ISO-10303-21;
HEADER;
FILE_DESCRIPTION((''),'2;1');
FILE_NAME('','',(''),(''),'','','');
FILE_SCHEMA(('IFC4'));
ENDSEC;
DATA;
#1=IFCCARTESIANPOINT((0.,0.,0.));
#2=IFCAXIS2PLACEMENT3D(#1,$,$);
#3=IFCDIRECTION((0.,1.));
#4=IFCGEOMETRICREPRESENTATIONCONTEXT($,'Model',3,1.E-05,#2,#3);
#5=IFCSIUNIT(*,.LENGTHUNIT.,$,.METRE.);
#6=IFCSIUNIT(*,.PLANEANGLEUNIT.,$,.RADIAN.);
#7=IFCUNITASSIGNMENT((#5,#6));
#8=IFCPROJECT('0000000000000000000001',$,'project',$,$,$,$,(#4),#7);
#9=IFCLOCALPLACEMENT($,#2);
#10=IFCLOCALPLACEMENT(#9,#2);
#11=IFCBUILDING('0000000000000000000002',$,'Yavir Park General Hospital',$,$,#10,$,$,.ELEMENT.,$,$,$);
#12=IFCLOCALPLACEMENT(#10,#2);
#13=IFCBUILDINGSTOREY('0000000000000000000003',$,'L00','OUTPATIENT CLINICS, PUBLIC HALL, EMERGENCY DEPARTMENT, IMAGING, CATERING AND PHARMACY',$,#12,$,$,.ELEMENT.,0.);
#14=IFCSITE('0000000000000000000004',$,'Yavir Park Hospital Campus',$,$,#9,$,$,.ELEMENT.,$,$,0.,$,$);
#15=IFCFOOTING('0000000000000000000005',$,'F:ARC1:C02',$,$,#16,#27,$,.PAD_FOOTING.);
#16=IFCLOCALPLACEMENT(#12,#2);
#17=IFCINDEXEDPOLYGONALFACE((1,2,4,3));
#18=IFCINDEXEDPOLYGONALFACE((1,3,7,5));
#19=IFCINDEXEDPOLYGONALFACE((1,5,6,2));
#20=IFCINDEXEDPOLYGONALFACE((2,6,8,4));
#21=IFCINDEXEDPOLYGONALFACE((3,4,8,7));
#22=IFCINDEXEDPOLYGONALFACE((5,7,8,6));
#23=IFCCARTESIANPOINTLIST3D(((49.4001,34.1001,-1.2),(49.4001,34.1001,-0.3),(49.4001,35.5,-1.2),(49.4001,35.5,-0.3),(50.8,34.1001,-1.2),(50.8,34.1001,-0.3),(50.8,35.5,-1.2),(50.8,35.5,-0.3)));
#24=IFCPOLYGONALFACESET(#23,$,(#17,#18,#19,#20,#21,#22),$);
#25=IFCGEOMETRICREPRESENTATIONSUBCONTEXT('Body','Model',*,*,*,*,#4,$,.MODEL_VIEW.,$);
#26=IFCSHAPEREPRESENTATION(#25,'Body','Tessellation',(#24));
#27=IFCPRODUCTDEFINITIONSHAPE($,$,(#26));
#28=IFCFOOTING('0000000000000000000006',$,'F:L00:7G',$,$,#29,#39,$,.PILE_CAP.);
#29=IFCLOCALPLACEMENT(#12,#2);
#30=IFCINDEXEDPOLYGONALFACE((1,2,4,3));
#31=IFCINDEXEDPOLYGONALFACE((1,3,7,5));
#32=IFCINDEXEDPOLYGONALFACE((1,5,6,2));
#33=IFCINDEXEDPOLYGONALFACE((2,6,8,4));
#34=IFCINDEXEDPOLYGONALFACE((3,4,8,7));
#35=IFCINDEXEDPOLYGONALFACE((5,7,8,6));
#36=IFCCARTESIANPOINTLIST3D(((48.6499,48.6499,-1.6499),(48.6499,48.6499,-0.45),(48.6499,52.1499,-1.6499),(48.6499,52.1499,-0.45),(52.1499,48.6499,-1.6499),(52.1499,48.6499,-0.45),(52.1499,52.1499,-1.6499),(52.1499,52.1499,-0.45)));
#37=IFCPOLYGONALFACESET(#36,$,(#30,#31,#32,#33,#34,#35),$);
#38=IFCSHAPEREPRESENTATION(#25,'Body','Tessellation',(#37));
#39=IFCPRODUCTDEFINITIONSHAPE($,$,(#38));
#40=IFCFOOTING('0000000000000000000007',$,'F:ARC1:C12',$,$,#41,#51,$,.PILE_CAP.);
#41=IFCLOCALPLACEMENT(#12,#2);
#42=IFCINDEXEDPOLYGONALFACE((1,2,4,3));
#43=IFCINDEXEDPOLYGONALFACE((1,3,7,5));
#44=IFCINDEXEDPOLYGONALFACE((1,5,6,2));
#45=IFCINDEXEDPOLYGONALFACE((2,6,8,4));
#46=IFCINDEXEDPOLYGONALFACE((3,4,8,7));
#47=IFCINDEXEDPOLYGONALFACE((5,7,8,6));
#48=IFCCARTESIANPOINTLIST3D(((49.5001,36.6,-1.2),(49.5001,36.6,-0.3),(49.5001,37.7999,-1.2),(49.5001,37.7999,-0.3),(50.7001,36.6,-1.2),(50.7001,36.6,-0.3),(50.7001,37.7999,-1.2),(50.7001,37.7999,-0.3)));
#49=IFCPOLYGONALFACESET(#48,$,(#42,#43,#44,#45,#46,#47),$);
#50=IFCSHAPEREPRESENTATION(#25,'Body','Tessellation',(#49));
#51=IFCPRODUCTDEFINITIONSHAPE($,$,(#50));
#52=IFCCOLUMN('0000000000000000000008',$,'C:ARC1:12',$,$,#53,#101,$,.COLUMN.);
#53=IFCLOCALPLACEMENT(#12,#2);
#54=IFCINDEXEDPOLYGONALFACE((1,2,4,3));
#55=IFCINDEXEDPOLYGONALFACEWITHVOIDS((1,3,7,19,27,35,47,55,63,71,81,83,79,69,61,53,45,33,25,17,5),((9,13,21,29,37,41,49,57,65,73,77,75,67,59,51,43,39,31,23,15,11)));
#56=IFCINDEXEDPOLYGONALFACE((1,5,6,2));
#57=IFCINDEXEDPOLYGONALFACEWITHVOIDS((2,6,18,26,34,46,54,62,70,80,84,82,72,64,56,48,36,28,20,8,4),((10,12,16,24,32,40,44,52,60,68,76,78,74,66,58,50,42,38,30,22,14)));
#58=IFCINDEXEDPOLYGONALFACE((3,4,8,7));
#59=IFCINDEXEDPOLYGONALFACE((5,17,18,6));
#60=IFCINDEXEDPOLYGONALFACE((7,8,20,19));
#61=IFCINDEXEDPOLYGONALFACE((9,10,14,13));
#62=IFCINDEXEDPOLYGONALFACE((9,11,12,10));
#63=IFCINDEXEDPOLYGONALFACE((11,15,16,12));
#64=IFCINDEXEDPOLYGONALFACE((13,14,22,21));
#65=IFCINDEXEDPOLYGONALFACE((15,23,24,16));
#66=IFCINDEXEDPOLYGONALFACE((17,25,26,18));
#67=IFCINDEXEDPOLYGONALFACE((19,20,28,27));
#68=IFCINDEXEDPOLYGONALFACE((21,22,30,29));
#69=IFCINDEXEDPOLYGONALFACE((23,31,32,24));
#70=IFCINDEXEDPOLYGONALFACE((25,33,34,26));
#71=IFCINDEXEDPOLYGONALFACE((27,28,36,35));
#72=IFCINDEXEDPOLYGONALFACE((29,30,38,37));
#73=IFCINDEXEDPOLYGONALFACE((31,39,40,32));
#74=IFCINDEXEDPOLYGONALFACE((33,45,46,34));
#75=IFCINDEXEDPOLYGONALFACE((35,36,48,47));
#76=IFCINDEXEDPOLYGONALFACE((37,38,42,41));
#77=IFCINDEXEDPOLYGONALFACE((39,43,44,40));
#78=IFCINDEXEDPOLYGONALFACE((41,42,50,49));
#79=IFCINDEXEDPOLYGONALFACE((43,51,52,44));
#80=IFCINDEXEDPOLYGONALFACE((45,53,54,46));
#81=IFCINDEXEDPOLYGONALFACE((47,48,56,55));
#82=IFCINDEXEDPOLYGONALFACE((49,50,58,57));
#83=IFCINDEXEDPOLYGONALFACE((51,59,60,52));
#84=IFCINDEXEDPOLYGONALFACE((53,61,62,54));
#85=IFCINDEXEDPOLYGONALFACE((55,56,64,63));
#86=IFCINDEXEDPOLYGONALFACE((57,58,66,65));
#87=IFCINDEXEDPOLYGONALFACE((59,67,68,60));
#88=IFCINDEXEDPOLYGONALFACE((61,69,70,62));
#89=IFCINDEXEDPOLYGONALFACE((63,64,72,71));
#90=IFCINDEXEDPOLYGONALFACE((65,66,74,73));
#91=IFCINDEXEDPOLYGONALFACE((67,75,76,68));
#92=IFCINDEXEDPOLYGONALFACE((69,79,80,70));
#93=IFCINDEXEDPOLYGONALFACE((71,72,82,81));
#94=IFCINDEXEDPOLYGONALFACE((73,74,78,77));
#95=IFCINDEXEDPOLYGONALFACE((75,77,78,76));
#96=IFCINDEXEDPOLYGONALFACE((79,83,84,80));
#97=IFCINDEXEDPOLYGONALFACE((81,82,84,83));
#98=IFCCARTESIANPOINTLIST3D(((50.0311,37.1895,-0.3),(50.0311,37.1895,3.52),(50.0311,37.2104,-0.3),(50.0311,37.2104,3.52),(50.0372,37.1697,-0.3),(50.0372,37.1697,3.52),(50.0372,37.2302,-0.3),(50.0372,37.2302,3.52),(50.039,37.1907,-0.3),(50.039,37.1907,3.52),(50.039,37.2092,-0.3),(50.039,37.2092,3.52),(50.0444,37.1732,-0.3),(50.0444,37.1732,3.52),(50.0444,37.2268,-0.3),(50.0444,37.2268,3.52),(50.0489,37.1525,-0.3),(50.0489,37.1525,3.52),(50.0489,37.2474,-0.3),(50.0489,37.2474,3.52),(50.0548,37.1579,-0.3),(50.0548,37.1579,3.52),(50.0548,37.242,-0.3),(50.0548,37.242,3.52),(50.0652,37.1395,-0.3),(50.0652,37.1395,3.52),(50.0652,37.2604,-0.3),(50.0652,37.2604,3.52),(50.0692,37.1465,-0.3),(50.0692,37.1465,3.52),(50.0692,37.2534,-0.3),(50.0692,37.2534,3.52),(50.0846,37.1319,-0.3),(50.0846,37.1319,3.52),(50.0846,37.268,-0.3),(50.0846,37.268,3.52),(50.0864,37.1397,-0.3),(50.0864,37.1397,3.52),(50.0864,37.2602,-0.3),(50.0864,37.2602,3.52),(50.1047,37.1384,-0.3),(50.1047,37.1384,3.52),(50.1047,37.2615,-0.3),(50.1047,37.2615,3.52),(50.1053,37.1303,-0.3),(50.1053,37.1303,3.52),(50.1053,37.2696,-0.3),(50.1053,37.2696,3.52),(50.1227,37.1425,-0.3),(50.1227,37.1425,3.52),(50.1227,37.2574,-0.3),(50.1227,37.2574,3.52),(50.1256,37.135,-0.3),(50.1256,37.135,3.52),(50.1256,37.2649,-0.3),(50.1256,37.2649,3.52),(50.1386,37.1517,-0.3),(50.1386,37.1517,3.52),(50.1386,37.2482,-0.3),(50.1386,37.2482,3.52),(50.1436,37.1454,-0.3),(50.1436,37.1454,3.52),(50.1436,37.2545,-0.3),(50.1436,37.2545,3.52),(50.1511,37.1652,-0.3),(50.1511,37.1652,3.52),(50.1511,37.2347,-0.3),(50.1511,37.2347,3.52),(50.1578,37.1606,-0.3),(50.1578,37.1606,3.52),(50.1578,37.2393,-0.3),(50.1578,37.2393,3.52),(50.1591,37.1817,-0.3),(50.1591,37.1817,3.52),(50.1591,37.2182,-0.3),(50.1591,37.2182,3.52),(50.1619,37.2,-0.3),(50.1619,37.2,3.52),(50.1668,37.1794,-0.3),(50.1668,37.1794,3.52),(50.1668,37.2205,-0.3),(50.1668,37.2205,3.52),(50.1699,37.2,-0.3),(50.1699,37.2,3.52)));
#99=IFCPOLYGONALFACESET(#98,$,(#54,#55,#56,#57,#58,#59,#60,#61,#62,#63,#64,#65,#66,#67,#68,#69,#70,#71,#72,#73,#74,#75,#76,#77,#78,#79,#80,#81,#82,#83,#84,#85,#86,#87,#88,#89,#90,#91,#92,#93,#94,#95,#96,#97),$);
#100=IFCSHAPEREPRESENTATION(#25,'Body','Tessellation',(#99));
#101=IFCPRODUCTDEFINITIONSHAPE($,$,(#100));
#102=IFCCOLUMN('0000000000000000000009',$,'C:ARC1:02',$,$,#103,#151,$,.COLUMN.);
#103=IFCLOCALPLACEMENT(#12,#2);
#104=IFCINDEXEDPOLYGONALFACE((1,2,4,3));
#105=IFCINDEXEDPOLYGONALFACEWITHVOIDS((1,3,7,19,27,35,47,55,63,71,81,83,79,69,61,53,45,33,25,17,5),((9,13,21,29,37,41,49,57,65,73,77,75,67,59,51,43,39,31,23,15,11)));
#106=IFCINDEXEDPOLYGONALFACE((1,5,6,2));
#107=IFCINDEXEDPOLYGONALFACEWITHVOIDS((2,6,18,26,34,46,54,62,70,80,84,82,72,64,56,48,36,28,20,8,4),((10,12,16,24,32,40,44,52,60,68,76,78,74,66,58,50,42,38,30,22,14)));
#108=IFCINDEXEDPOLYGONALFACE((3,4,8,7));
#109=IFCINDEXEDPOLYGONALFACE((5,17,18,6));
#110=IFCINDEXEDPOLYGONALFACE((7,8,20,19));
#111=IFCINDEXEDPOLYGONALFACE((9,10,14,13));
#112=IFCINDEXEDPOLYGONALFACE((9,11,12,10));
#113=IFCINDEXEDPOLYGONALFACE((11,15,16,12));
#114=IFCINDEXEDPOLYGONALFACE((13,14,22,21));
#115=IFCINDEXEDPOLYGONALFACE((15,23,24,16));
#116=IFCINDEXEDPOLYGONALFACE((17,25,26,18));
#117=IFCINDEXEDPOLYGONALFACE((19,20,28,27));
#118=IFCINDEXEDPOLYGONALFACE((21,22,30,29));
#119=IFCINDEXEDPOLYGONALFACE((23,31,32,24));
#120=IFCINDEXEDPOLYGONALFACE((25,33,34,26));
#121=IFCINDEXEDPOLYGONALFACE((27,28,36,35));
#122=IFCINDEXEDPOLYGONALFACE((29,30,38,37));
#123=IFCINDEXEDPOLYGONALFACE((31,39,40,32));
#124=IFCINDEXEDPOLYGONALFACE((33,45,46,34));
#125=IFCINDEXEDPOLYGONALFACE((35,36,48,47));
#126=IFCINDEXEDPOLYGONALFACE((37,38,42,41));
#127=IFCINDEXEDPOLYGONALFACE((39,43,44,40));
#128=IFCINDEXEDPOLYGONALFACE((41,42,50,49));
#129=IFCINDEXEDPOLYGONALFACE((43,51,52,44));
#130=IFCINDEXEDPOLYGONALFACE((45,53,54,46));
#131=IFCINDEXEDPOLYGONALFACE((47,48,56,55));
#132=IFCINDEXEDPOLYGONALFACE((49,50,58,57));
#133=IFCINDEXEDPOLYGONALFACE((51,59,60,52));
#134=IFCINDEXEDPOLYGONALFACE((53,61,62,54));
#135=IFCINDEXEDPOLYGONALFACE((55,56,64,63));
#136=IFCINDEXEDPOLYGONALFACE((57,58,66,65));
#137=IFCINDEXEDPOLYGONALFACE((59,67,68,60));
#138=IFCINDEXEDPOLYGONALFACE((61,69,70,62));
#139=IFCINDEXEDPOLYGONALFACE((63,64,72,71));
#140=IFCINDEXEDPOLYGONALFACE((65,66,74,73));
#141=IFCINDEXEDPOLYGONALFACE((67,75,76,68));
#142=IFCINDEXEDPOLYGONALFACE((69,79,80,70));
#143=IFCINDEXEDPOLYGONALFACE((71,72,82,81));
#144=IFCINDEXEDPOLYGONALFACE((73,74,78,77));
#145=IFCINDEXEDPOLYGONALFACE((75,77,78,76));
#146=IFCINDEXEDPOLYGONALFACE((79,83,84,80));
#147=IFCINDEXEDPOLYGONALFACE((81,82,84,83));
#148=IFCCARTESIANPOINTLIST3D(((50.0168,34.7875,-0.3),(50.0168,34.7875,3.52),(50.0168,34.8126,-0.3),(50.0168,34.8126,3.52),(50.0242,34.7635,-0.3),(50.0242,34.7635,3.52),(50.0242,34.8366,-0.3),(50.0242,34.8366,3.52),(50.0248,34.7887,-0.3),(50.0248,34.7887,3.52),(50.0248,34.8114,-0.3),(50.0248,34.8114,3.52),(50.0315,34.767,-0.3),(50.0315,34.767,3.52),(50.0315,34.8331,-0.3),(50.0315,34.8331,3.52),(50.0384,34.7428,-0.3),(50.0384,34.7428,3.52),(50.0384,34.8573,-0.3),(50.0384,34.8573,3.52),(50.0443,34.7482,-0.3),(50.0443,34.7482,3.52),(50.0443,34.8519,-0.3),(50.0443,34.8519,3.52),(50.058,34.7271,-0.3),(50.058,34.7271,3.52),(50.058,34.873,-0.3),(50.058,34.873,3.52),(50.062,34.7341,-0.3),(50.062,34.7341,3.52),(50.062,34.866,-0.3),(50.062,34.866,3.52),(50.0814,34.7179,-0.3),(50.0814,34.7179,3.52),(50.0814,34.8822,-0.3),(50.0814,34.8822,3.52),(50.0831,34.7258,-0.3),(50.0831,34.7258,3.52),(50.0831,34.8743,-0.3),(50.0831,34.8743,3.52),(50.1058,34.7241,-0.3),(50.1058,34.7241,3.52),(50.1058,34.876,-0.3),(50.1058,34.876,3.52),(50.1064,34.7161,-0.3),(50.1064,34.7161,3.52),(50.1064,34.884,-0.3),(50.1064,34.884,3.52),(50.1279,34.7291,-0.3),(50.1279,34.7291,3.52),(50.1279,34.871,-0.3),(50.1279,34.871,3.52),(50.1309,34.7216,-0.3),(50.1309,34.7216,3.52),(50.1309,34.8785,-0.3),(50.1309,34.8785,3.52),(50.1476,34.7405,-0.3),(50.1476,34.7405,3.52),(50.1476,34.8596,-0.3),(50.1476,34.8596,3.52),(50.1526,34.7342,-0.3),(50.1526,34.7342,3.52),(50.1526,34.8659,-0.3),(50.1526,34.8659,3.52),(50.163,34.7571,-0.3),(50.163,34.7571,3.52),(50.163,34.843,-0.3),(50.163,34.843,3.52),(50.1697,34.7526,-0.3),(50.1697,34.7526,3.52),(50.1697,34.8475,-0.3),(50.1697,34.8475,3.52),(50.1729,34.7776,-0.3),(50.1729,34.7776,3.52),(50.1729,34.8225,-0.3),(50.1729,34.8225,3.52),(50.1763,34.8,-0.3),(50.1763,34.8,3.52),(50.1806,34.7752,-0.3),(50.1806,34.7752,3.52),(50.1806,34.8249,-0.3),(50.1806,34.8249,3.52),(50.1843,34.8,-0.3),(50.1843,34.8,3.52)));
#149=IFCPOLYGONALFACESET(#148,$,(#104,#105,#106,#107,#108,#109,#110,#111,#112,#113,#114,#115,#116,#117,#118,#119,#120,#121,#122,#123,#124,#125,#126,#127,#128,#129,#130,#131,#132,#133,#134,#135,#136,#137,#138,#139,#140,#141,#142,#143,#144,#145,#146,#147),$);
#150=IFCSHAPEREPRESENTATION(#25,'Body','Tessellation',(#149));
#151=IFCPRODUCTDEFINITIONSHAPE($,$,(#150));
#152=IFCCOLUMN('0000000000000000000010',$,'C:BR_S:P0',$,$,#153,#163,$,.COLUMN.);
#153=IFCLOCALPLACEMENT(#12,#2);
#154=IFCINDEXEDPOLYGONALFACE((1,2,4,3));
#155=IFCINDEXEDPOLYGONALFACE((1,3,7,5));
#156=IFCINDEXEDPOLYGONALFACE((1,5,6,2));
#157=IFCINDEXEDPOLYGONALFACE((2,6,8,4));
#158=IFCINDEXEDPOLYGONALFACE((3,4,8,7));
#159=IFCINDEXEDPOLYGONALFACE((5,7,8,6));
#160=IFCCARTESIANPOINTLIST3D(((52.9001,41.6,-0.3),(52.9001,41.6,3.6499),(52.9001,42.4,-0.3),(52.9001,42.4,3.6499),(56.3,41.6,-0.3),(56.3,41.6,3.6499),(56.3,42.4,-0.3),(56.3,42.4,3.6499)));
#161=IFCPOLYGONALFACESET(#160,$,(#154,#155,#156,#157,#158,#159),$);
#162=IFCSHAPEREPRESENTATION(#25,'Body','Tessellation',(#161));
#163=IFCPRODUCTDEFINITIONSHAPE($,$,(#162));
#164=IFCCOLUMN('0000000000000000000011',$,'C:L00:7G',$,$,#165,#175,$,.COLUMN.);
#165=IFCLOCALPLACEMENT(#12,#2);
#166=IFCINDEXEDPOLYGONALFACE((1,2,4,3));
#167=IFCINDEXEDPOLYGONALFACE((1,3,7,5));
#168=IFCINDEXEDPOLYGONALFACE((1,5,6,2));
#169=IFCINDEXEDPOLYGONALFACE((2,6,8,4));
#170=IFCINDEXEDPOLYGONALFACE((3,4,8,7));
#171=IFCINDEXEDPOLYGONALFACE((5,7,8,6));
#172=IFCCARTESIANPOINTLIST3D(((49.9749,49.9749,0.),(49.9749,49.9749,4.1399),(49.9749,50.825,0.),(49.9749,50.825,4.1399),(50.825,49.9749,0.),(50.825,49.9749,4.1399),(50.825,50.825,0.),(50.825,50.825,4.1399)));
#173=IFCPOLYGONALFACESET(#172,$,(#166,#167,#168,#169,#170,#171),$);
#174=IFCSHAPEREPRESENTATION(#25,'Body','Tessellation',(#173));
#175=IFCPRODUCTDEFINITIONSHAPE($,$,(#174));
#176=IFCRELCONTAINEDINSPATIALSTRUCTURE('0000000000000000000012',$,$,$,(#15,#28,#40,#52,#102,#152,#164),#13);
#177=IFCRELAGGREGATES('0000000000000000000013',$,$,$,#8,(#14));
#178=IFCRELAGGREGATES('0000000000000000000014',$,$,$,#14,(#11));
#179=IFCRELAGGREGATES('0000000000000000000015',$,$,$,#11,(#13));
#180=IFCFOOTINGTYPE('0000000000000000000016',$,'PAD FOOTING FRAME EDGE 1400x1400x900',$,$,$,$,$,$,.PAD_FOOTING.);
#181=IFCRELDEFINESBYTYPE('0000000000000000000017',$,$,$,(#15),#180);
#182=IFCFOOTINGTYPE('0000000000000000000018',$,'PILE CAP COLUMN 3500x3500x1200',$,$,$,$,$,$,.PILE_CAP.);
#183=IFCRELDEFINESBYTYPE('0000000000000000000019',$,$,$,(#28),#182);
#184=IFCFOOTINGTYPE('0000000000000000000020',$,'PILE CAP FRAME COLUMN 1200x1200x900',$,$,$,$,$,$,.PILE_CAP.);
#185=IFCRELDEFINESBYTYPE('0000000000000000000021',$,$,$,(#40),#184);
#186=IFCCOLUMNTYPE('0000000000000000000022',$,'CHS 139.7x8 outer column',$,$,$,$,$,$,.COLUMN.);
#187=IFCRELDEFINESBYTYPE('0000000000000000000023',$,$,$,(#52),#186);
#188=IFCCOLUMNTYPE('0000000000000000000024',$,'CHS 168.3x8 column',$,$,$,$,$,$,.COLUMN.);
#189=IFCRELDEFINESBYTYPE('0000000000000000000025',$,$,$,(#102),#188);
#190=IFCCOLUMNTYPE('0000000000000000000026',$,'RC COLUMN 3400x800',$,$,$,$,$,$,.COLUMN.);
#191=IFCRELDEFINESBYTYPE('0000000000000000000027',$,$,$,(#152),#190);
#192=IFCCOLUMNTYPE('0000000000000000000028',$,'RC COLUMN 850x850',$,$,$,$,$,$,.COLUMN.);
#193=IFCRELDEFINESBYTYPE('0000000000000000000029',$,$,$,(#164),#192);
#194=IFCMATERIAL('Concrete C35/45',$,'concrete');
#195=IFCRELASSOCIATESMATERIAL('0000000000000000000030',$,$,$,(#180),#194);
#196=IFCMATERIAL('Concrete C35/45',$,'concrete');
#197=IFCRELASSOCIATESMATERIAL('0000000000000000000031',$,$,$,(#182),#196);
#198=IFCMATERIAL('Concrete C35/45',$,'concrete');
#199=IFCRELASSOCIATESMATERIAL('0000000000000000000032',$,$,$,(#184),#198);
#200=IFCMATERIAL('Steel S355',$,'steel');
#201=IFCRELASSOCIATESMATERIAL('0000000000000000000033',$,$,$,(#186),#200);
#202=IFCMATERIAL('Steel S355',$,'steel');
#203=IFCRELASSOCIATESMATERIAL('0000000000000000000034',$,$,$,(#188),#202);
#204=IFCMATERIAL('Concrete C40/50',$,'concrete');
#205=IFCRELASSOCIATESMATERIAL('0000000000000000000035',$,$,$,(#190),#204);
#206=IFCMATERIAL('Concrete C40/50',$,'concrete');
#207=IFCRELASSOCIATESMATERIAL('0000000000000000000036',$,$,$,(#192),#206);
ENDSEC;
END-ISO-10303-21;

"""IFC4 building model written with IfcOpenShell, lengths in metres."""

from ifc_helpers import new_model, si_unit, direction, frame, origin, origin_2d, place, context, subcontext, project, spatial, rectangle, hollow_circle, extrude, material, material_profile, profile_set, type_object, element, save


model = new_model("IFC4")

# Units and contexts
model_context = context("Model", 3, precision=1e-05, world=origin(), true_north=direction((0.0, 1.0)))
body_context = subcontext(model_context, "Body", "Model", "MODEL_VIEW")
ifc_project = project(units=[si_unit("LENGTHUNIT", "METRE"), si_unit("PLANEANGLEUNIT", "RADIAN")], contexts=[model_context])

# Site, building, storey
site_placement = place(None, origin())
site = spatial("IfcSite", under=ifc_project, at=site_placement, Name="Yavir Park Hospital Campus", CompositionType="ELEMENT", RefElevation=0.0)
building_placement = place(site_placement, origin())
building = spatial("IfcBuilding", under=site, at=building_placement, Name="Yavir Park General Hospital", CompositionType="ELEMENT")
storey_placement = place(building_placement, origin())
storey = spatial("IfcBuildingStorey", under=building, at=storey_placement, Name="L00", Description="OUTPATIENT CLINICS, PUBLIC HALL, EMERGENCY DEPARTMENT, IMAGING, CATERING AND PHARMACY", CompositionType="ELEMENT", Elevation=0.0)

# Footings
ifc_material_1 = material(Name="Concrete C35/45", Category="concrete")
footing_type_1 = type_object("IfcFootingType", Name="PAD FOOTING FRAME EDGE 1400x1400x900", PredefinedType="PAD_FOOTING", material=ifc_material_1)
footing_1_placement = place(storey_placement, frame((50.1001, 34.8, -1.2), z_axis=(0.0, 0.0, 1.0), x_axis=(1.0, 0.0, 0.0)))
element("IfcFooting", 1, at=footing_1_placement, inside=storey, type_object=footing_type_1, Name="F:ARC1:C02", PredefinedType="PAD_FOOTING", context=body_context, shape_type="SweptSolid", body=[
    extrude(rectangle(XDim=1.3999, YDim=1.3999, at=origin_2d()), origin(), (0.0, 0.0, 1.0), 0.8999),
])
ifc_material_2 = material(Name="Concrete C35/45", Category="concrete")
footing_type_2 = type_object("IfcFootingType", Name="PILE CAP COLUMN 3500x3500x1200", PredefinedType="PILE_CAP", material=ifc_material_2)
footing_2_placement = place(storey_placement, frame((50.3999, 50.3999, -1.6499), z_axis=(0.0, 0.0, 1.0), x_axis=(1.0, 0.0, 0.0)))
element("IfcFooting", 2, at=footing_2_placement, inside=storey, type_object=footing_type_2, Name="F:L00:7G", PredefinedType="PILE_CAP", context=body_context, shape_type="SweptSolid", body=[
    extrude(rectangle(XDim=3.5, YDim=3.5, at=origin_2d()), origin(), (0.0, 0.0, 1.0), 1.2),
])
ifc_material_3 = material(Name="Concrete C35/45", Category="concrete")
footing_type_3 = type_object("IfcFootingType", Name="PILE CAP FRAME COLUMN 1200x1200x900", PredefinedType="PILE_CAP", material=ifc_material_3)
footing_3_placement = place(storey_placement, frame((50.1001, 37.2, -1.2), z_axis=(0.0, 0.0, 1.0), x_axis=(1.0, 0.0, 0.0)))
element("IfcFooting", 3, at=footing_3_placement, inside=storey, type_object=footing_type_3, Name="F:ARC1:C12", PredefinedType="PILE_CAP", context=body_context, shape_type="SweptSolid", body=[
    extrude(rectangle(XDim=1.2, YDim=1.2, at=origin_2d()), origin(), (0.0, 0.0, 1.0), 0.8999),
])

# Columns
ifc_material_4 = material(Name="Steel S355", Category="steel")
ifc_material_profile_1 = material_profile(ifc_material_4, hollow_circle(Radius=0.0698, WallThickness=0.0081, at=origin_2d()), Name="CHS139.7x8")
ifc_profile_set_1 = profile_set([ifc_material_profile_1], Name="Steel S355")
column_type_1 = type_object("IfcColumnType", Name="CHS 139.7x8 outer column", PredefinedType="COLUMN", material=ifc_profile_set_1)
column_1_placement = place(storey_placement, frame((50.1001, 37.2, -0.3), z_axis=(0.0, 0.0, 1.0), x_axis=(1.0, 0.0, 0.0)))
element("IfcColumn", 4, at=column_1_placement, inside=storey, type_object=column_type_1, Name="C:ARC1:12", PredefinedType="COLUMN", context=body_context, shape_type="SweptSolid", body=[
    extrude(hollow_circle(Radius=0.0698, WallThickness=0.0081, at=origin_2d()), origin(), (0.0, 0.0, 1.0), 3.8201),
])
ifc_material_5 = material(Name="Steel S355", Category="steel")
ifc_material_profile_2 = material_profile(ifc_material_5, hollow_circle(Radius=0.0842, WallThickness=0.0081, at=origin_2d()), Name="CHS168.3x8")
ifc_profile_set_2 = profile_set([ifc_material_profile_2], Name="Steel S355")
column_type_2 = type_object("IfcColumnType", Name="CHS 168.3x8 column", PredefinedType="COLUMN", material=ifc_profile_set_2)
column_2_placement = place(storey_placement, frame((50.1001, 34.8, -0.3), z_axis=(0.0, 0.0, 1.0), x_axis=(1.0, 0.0, 0.0)))
element("IfcColumn", 5, at=column_2_placement, inside=storey, type_object=column_type_2, Name="C:ARC1:02", PredefinedType="COLUMN", context=body_context, shape_type="SweptSolid", body=[
    extrude(hollow_circle(Radius=0.0842, WallThickness=0.0081, at=origin_2d()), origin(), (0.0, 0.0, 1.0), 3.8201),
])
ifc_material_6 = material(Name="Concrete C40/50", Category="concrete")
ifc_material_profile_3 = material_profile(ifc_material_6, rectangle(XDim=3.3999, YDim=0.8, at=origin_2d()), Name="RC3400x800")
ifc_profile_set_3 = profile_set([ifc_material_profile_3], Name="Concrete C40/50")
column_type_3 = type_object("IfcColumnType", Name="RC COLUMN 3400x800", PredefinedType="COLUMN", material=ifc_profile_set_3)
column_3_placement = place(storey_placement, frame((54.6001, 42.0, -0.3), z_axis=(0.0, 0.0, 1.0), x_axis=(1.0, 0.0, 0.0)))
element("IfcColumn", 6, at=column_3_placement, inside=storey, type_object=column_type_3, Name="C:BR_S:P0", PredefinedType="COLUMN", context=body_context, shape_type="SweptSolid", body=[
    extrude(rectangle(XDim=3.3999, YDim=0.8, at=origin_2d()), origin(), (0.0, 0.0, 1.0), 3.95),
])
ifc_material_7 = material(Name="Concrete C40/50", Category="concrete")
ifc_material_profile_4 = material_profile(ifc_material_7, rectangle(XDim=0.8501, YDim=0.8501, at=origin_2d()), Name="RC850x850")
ifc_profile_set_4 = profile_set([ifc_material_profile_4], Name="Concrete C40/50")
column_type_4 = type_object("IfcColumnType", Name="RC COLUMN 850x850", PredefinedType="COLUMN", material=ifc_profile_set_4)
column_4_placement = place(storey_placement, frame((50.3999, 50.3999, 0.0), z_axis=(0.0, 0.0, 1.0), x_axis=(1.0, 0.0, 0.0)))
element("IfcColumn", 7, at=column_4_placement, inside=storey, type_object=column_type_4, Name="C:L00:7G", PredefinedType="COLUMN", context=body_context, shape_type="SweptSolid", body=[
    extrude(rectangle(XDim=0.8501, YDim=0.8501, at=origin_2d()), origin(), (0.0, 0.0, 1.0), 4.1399),
])

save(model, "model.ifc")
